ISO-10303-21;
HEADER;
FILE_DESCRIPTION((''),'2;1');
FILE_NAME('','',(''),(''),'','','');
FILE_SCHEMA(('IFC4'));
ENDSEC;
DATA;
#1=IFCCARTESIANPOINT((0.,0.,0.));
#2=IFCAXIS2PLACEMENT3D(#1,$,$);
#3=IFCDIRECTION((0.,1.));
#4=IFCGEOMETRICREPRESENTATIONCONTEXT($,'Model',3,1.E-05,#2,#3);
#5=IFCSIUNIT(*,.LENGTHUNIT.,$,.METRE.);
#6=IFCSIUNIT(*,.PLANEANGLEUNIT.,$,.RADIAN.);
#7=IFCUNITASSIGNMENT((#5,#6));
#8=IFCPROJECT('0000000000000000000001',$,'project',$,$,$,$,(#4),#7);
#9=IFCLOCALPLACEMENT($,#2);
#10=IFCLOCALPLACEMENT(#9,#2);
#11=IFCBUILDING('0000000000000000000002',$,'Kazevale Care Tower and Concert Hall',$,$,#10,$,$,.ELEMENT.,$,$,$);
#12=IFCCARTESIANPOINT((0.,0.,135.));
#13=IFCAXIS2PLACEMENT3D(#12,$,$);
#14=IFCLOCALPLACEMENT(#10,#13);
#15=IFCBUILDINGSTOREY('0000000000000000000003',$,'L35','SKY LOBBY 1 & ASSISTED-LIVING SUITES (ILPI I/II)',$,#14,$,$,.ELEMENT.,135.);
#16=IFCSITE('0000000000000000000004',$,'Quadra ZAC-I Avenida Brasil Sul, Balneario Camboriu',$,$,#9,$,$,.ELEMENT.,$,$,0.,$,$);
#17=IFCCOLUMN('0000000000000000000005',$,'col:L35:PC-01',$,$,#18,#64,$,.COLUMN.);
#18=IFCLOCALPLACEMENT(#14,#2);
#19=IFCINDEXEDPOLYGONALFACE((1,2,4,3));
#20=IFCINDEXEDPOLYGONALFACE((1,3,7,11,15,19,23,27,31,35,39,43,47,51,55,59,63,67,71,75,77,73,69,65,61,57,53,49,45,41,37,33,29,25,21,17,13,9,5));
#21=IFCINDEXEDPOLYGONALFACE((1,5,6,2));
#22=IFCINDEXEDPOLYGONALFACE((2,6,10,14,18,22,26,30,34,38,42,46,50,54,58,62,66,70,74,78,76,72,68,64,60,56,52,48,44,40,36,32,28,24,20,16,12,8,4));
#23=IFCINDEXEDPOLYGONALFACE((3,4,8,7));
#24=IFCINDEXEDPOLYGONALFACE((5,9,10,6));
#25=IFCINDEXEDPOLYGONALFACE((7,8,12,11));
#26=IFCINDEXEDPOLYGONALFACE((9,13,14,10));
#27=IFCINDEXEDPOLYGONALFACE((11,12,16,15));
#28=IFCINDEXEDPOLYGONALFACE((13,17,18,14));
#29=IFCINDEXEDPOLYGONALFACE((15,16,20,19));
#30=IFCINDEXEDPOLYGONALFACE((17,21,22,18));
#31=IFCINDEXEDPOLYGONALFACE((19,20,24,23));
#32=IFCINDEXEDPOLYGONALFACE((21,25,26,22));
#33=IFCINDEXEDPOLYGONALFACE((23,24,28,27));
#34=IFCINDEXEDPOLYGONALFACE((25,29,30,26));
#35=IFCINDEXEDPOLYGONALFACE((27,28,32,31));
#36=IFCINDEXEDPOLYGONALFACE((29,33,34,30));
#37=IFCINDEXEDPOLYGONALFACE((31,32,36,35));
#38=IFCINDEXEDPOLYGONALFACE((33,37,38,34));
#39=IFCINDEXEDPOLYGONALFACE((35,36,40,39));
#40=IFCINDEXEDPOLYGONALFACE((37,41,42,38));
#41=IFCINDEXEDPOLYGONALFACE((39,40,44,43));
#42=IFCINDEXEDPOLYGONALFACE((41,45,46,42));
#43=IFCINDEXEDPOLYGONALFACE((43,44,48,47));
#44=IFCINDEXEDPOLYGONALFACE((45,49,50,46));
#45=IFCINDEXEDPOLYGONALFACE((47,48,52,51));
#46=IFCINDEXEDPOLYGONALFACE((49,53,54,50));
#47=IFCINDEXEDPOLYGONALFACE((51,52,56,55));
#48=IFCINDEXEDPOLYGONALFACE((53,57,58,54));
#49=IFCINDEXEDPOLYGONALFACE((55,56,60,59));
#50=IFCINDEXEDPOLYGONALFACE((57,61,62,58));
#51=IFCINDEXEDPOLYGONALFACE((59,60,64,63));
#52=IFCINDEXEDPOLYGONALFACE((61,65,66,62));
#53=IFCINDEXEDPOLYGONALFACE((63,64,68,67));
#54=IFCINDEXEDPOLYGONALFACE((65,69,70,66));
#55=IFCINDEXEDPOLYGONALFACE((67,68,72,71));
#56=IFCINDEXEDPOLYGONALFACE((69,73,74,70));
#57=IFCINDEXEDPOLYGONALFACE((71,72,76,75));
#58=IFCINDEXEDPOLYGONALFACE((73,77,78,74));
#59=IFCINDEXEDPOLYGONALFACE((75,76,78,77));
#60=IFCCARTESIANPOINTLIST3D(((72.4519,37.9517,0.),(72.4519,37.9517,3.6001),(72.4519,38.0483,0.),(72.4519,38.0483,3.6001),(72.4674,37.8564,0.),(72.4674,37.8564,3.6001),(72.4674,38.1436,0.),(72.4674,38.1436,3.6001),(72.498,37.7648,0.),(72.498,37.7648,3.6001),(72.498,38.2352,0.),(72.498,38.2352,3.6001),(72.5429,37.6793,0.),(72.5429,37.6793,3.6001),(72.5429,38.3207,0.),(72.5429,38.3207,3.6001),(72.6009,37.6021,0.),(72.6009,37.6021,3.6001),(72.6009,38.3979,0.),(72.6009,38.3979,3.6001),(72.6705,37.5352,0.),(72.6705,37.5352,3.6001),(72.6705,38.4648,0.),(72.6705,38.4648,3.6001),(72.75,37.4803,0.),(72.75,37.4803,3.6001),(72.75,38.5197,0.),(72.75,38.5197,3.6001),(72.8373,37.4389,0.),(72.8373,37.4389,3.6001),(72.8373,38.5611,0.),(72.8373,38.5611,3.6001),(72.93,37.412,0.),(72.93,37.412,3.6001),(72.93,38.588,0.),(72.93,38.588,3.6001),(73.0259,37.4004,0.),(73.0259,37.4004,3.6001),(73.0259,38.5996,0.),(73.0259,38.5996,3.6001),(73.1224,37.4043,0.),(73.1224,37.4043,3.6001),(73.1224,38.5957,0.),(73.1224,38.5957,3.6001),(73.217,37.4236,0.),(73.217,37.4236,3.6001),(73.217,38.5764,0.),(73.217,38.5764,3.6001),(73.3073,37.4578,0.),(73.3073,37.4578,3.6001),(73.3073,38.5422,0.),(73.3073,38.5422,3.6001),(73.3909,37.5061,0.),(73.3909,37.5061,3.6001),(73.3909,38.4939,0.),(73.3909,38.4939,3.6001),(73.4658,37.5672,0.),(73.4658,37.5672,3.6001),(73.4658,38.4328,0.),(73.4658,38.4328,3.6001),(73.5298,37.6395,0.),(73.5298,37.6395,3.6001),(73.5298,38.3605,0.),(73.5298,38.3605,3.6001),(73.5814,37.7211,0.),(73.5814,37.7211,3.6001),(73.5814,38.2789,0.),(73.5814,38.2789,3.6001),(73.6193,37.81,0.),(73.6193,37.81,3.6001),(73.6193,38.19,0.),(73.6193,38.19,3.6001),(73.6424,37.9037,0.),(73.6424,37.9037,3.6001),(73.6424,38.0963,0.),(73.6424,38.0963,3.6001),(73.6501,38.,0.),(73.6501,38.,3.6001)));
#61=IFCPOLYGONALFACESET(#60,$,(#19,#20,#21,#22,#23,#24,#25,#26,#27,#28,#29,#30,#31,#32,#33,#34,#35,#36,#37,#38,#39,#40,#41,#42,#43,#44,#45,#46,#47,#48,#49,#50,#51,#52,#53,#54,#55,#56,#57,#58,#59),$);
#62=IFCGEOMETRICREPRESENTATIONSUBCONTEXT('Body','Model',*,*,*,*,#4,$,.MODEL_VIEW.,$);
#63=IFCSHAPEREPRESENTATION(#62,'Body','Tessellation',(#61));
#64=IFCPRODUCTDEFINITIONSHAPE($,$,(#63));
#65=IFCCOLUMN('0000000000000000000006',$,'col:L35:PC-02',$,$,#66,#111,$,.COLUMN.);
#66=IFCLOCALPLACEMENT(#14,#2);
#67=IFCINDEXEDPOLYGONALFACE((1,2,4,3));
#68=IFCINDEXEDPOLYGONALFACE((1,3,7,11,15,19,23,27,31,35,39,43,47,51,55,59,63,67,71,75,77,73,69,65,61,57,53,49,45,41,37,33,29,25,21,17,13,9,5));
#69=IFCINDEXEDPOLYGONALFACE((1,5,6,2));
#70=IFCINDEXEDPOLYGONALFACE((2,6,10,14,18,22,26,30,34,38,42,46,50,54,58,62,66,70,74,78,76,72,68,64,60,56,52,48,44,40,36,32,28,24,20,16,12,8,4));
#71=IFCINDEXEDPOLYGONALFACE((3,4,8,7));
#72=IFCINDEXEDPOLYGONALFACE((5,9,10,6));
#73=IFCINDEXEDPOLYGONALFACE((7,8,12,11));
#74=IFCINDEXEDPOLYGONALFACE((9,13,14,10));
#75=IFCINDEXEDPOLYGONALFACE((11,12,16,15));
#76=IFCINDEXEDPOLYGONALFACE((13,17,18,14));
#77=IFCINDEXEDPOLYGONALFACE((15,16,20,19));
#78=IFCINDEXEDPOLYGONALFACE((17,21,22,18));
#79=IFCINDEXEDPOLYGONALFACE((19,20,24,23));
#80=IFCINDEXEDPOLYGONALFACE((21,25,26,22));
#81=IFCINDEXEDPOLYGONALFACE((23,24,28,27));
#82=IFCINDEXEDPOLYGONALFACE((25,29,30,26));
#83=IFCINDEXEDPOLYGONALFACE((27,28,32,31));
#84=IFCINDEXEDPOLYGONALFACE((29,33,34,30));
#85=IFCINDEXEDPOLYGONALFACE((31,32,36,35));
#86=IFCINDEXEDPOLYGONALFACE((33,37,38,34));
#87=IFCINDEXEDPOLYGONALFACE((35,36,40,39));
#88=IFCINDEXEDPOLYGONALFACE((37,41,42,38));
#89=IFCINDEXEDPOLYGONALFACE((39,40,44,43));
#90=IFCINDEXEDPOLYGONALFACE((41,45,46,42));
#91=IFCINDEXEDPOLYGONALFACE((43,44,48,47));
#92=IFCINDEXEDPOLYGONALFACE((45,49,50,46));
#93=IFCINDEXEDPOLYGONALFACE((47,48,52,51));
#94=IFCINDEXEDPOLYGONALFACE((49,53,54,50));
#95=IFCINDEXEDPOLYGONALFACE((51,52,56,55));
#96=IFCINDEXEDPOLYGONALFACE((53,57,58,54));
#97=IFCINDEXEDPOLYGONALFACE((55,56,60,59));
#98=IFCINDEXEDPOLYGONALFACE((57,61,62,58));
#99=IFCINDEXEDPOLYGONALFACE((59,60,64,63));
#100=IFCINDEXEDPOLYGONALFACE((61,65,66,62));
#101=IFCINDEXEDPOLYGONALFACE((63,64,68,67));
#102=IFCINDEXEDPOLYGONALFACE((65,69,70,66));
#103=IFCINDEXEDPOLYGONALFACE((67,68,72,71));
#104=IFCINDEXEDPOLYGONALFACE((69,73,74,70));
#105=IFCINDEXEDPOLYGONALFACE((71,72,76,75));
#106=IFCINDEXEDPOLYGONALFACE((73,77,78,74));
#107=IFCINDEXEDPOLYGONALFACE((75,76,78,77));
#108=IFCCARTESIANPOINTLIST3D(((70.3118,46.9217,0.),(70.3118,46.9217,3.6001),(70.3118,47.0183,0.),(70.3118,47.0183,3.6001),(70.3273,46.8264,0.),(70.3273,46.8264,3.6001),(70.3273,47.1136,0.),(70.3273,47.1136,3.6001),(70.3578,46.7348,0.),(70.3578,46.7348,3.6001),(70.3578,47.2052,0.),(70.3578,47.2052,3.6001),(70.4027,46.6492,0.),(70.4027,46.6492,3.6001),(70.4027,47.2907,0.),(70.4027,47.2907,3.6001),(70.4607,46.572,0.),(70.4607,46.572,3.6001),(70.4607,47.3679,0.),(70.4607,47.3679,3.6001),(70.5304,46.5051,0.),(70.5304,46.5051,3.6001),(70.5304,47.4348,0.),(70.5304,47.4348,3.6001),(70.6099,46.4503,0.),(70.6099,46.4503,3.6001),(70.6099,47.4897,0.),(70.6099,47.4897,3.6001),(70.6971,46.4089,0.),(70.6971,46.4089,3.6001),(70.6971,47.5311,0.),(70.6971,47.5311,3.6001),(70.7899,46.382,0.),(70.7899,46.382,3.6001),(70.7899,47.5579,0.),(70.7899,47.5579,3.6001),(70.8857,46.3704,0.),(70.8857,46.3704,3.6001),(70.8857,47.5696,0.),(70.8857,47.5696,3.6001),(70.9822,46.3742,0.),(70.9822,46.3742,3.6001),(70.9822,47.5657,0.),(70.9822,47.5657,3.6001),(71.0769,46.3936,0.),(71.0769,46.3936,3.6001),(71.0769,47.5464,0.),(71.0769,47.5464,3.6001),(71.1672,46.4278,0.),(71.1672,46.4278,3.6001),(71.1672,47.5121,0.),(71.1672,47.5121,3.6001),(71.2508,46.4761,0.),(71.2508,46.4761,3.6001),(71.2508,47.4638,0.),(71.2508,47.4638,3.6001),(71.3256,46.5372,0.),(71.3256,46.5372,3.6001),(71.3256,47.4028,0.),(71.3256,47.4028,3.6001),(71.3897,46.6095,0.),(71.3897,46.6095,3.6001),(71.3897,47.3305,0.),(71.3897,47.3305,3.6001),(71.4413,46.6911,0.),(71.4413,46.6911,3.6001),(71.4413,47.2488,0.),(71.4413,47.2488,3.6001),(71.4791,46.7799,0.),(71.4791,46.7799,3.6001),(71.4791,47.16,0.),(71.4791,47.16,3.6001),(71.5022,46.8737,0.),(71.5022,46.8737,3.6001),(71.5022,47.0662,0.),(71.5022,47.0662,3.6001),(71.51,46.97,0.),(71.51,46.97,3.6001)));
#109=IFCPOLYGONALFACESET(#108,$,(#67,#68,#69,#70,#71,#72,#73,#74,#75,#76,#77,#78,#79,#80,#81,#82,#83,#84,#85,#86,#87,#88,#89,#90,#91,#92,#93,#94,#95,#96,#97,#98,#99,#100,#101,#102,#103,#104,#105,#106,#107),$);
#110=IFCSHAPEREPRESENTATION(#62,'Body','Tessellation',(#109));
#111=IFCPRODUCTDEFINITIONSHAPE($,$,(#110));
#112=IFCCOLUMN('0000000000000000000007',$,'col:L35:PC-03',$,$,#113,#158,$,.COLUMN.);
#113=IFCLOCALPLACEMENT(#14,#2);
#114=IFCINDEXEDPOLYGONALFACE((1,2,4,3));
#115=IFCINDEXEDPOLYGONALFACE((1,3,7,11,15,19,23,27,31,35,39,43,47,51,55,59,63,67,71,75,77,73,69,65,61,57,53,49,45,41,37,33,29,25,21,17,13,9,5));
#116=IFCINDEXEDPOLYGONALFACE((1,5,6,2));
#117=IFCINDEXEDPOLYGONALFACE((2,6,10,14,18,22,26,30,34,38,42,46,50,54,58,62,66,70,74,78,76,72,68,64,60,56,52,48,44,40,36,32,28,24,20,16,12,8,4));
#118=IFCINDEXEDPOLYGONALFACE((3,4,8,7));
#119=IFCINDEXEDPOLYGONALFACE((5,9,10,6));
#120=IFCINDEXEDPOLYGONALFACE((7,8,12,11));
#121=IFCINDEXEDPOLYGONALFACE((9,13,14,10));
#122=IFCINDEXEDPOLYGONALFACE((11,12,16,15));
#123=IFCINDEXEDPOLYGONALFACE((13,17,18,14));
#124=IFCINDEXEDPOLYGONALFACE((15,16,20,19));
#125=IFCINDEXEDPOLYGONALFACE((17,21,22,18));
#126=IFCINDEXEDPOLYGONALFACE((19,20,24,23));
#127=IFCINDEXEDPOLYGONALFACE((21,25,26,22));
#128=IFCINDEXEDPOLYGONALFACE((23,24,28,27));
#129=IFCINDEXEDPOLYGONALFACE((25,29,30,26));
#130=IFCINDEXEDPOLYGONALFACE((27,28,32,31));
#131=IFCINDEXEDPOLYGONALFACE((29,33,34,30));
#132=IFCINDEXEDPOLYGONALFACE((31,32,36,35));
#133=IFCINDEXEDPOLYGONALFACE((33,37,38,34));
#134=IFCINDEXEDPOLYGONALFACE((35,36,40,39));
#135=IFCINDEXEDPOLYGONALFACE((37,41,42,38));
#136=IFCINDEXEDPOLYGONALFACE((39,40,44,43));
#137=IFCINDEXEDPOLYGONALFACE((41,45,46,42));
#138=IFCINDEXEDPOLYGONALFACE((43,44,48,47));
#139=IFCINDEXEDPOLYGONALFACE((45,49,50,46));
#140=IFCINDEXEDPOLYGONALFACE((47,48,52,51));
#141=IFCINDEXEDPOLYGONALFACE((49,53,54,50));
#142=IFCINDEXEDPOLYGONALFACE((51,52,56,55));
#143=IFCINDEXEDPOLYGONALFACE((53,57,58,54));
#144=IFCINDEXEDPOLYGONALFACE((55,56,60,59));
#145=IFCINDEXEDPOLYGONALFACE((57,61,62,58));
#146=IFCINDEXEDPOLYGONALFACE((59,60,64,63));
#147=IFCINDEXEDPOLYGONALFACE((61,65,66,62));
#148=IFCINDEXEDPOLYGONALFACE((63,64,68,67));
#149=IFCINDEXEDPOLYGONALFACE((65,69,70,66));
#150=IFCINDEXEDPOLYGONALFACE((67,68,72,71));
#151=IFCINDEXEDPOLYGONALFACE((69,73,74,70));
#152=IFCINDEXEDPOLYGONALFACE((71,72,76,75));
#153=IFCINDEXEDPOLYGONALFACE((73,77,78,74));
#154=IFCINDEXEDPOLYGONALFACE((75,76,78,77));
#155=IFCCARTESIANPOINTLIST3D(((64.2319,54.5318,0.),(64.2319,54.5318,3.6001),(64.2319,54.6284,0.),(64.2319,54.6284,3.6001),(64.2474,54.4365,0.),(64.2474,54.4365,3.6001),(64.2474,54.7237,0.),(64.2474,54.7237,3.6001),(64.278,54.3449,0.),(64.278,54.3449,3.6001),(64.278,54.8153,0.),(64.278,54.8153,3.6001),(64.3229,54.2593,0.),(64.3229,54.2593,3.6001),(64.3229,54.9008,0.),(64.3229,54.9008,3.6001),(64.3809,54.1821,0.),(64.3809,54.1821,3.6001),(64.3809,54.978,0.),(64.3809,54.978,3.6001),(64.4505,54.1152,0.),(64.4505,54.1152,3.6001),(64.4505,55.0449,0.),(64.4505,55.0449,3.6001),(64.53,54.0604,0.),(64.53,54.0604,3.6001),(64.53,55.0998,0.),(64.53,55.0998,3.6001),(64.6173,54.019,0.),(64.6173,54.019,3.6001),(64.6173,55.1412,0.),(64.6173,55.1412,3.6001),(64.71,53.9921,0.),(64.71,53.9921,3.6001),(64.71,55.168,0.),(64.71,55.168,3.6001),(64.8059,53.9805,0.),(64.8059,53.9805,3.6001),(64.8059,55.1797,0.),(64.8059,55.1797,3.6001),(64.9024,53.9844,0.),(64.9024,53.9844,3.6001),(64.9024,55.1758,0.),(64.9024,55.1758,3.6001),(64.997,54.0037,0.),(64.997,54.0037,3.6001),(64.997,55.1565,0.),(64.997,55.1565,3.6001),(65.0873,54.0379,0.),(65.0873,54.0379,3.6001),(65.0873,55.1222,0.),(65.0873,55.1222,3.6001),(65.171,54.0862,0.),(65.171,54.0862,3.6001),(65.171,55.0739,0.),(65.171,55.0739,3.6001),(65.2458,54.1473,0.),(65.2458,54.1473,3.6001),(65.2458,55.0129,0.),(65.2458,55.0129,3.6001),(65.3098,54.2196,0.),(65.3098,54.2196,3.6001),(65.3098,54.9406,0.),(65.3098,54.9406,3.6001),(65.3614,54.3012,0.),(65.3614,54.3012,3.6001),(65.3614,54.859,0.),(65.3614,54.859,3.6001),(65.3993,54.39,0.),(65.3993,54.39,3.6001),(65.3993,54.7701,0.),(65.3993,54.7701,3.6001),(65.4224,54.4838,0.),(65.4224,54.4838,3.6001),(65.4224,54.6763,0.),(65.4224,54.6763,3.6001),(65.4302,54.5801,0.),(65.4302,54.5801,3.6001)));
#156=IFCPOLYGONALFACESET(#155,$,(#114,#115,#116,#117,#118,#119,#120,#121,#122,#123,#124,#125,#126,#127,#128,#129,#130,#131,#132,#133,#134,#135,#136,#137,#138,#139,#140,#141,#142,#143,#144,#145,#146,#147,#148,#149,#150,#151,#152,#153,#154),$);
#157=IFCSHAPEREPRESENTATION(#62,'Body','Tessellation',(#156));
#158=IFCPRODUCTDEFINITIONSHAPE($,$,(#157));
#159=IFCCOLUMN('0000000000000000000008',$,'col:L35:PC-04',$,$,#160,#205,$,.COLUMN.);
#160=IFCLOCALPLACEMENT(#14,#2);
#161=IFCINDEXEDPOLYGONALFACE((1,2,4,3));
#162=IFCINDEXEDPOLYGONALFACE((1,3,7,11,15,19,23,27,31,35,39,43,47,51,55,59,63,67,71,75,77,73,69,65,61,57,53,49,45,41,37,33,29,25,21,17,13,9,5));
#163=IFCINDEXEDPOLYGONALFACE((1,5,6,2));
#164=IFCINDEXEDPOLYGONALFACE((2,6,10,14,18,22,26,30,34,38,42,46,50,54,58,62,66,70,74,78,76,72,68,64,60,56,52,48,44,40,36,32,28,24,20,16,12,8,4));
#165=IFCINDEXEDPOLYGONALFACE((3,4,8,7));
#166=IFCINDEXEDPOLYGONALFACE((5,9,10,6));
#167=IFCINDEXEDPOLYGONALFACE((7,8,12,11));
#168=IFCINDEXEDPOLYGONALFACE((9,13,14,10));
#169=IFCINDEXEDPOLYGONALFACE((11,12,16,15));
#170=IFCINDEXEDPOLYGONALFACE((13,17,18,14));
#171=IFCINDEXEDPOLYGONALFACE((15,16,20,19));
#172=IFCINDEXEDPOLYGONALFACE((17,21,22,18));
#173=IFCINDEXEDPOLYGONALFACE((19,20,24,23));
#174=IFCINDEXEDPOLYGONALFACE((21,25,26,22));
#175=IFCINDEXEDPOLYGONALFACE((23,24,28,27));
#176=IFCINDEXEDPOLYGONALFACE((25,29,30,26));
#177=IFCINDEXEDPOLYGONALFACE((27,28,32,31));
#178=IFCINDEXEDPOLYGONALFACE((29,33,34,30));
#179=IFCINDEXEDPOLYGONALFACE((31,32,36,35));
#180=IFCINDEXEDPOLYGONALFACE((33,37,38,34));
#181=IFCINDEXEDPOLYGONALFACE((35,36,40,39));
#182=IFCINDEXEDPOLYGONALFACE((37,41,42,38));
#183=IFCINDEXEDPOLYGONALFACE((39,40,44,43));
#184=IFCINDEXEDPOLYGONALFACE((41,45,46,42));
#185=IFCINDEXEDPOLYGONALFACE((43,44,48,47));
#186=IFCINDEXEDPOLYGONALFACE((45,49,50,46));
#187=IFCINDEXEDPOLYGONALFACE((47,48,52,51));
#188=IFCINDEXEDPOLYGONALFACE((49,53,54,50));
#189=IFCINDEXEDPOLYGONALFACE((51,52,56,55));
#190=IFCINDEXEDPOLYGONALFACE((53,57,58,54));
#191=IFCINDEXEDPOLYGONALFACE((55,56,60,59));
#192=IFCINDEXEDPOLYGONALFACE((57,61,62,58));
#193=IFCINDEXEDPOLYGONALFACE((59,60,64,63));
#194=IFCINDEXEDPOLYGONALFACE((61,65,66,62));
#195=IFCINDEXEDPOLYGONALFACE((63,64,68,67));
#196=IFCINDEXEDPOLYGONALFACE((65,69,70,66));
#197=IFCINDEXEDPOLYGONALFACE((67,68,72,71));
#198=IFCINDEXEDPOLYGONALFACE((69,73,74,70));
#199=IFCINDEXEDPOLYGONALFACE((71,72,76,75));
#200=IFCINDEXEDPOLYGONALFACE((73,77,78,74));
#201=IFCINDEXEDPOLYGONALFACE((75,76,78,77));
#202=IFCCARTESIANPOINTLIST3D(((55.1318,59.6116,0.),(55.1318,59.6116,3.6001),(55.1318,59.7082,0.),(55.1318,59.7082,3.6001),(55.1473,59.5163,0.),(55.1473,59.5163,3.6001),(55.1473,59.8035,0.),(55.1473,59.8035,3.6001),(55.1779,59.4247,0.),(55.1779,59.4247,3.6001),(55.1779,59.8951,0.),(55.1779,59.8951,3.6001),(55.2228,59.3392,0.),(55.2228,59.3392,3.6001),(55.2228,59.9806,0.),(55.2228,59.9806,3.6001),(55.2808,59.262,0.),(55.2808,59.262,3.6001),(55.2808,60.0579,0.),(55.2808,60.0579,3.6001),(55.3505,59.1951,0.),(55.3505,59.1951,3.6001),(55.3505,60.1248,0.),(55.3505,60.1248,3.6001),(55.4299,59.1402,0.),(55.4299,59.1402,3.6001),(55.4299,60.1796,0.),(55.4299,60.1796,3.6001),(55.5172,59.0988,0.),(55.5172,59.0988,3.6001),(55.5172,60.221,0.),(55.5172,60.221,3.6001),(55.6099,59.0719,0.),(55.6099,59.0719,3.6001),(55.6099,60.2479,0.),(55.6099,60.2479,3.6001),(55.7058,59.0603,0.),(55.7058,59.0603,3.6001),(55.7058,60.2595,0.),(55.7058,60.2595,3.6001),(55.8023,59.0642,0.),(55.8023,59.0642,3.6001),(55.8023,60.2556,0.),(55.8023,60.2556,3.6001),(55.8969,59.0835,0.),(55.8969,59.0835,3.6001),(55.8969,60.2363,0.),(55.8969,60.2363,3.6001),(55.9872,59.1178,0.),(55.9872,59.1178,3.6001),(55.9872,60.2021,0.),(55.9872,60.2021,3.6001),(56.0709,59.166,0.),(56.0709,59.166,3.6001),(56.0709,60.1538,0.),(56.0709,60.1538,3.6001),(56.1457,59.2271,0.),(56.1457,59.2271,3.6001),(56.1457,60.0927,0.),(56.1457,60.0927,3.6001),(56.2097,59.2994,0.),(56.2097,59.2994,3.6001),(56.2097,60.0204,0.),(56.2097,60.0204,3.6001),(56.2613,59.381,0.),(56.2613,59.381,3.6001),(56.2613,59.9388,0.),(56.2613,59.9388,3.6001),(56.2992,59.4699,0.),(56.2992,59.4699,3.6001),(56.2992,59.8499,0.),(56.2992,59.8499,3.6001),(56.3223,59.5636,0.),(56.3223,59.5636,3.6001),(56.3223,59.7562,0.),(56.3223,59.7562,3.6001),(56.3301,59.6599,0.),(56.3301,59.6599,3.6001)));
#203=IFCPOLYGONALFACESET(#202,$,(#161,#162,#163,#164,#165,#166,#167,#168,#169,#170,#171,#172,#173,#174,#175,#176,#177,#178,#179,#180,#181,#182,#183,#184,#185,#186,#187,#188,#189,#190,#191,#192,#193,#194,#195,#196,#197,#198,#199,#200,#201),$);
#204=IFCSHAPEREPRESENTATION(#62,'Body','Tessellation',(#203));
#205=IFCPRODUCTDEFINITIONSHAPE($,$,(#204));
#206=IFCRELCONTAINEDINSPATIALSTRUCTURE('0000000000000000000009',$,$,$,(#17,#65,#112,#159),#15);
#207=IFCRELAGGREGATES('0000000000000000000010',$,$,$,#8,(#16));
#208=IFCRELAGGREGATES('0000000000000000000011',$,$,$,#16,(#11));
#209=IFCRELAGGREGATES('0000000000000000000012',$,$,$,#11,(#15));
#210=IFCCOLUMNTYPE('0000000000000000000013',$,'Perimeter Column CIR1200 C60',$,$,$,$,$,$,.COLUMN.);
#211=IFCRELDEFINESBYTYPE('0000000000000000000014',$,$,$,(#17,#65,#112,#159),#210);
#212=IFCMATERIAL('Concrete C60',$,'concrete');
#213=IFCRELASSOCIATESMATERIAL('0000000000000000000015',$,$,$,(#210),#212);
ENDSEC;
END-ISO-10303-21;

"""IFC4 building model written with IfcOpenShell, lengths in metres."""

from ifc_helpers import new_model, si_unit, direction, frame, origin, origin_2d, place, context, subcontext, project, spatial, circle, extrude, material, material_profile, profile_set, type_object, element, save


model = new_model("IFC4")

# Units and contexts
model_context = context("Model", 3, precision=1e-05, world=origin(), true_north=direction((0.0, 1.0)))
body_context = subcontext(model_context, "Body", "Model", "MODEL_VIEW")
ifc_project = project(units=[si_unit("LENGTHUNIT", "METRE"), si_unit("PLANEANGLEUNIT", "RADIAN")], contexts=[model_context])

# Site, building, storey
site_placement = place(None, origin())
site = spatial("IfcSite", under=ifc_project, at=site_placement, Name="Quadra ZAC-I Avenida Brasil Sul, Balneario Camboriu", CompositionType="ELEMENT", RefElevation=0.0)
building_placement = place(site_placement, origin())
building = spatial("IfcBuilding", under=site, at=building_placement, Name="Kazevale Care Tower and Concert Hall", CompositionType="ELEMENT")
storey_placement = place(building_placement, frame((0.0, 0.0, 135.0)))
storey = spatial("IfcBuildingStorey", under=building, at=storey_placement, Name="L35", Description="SKY LOBBY 1 & ASSISTED-LIVING SUITES (ILPI I/II)", CompositionType="ELEMENT", Elevation=135.0)

# Columns
ifc_material_1 = material(Name="Concrete C60", Category="concrete")
ifc_material_profile_1 = material_profile(ifc_material_1, circle(Radius=0.6001, at=origin_2d()), Name="RC-CIR1200")
ifc_profile_set_1 = profile_set([ifc_material_profile_1], Name="Concrete C60")
column_type = type_object("IfcColumnType", Name="Perimeter Column CIR1200 C60", PredefinedType="COLUMN", material=ifc_profile_set_1)
for number, where, z_axis, x_axis, name in (
    (1, (73.05, 38.0, 0.0), (0.0, 0.0, 1.0), (1.0, 0.0, 0.0), "col:L35:PC-01"),
    (2, (70.9099, 46.97, 0.0), (0.0, 0.0, 1.0), (1.0, 0.0, 0.0), "col:L35:PC-02"),
    (3, (64.8301, 54.5801, 0.0), (0.0, 0.0, 1.0), (1.0, 0.0, 0.0), "col:L35:PC-03"),
    (4, (55.73, 59.6599, 0.0), (0.0, 0.0, 1.0), (1.0, 0.0, 0.0), "col:L35:PC-04"),
):
    element("IfcColumn", number, at=place(storey_placement, frame(where, z_axis=z_axis, x_axis=x_axis)), inside=storey, type_object=column_type, Name=name, PredefinedType="COLUMN", context=body_context, shape_type="SweptSolid", body=[
        extrude(circle(Radius=0.6001, at=origin_2d()), origin(), (0.0, 0.0, 1.0), 3.6001),
    ])

save(model, "model.ifc")
